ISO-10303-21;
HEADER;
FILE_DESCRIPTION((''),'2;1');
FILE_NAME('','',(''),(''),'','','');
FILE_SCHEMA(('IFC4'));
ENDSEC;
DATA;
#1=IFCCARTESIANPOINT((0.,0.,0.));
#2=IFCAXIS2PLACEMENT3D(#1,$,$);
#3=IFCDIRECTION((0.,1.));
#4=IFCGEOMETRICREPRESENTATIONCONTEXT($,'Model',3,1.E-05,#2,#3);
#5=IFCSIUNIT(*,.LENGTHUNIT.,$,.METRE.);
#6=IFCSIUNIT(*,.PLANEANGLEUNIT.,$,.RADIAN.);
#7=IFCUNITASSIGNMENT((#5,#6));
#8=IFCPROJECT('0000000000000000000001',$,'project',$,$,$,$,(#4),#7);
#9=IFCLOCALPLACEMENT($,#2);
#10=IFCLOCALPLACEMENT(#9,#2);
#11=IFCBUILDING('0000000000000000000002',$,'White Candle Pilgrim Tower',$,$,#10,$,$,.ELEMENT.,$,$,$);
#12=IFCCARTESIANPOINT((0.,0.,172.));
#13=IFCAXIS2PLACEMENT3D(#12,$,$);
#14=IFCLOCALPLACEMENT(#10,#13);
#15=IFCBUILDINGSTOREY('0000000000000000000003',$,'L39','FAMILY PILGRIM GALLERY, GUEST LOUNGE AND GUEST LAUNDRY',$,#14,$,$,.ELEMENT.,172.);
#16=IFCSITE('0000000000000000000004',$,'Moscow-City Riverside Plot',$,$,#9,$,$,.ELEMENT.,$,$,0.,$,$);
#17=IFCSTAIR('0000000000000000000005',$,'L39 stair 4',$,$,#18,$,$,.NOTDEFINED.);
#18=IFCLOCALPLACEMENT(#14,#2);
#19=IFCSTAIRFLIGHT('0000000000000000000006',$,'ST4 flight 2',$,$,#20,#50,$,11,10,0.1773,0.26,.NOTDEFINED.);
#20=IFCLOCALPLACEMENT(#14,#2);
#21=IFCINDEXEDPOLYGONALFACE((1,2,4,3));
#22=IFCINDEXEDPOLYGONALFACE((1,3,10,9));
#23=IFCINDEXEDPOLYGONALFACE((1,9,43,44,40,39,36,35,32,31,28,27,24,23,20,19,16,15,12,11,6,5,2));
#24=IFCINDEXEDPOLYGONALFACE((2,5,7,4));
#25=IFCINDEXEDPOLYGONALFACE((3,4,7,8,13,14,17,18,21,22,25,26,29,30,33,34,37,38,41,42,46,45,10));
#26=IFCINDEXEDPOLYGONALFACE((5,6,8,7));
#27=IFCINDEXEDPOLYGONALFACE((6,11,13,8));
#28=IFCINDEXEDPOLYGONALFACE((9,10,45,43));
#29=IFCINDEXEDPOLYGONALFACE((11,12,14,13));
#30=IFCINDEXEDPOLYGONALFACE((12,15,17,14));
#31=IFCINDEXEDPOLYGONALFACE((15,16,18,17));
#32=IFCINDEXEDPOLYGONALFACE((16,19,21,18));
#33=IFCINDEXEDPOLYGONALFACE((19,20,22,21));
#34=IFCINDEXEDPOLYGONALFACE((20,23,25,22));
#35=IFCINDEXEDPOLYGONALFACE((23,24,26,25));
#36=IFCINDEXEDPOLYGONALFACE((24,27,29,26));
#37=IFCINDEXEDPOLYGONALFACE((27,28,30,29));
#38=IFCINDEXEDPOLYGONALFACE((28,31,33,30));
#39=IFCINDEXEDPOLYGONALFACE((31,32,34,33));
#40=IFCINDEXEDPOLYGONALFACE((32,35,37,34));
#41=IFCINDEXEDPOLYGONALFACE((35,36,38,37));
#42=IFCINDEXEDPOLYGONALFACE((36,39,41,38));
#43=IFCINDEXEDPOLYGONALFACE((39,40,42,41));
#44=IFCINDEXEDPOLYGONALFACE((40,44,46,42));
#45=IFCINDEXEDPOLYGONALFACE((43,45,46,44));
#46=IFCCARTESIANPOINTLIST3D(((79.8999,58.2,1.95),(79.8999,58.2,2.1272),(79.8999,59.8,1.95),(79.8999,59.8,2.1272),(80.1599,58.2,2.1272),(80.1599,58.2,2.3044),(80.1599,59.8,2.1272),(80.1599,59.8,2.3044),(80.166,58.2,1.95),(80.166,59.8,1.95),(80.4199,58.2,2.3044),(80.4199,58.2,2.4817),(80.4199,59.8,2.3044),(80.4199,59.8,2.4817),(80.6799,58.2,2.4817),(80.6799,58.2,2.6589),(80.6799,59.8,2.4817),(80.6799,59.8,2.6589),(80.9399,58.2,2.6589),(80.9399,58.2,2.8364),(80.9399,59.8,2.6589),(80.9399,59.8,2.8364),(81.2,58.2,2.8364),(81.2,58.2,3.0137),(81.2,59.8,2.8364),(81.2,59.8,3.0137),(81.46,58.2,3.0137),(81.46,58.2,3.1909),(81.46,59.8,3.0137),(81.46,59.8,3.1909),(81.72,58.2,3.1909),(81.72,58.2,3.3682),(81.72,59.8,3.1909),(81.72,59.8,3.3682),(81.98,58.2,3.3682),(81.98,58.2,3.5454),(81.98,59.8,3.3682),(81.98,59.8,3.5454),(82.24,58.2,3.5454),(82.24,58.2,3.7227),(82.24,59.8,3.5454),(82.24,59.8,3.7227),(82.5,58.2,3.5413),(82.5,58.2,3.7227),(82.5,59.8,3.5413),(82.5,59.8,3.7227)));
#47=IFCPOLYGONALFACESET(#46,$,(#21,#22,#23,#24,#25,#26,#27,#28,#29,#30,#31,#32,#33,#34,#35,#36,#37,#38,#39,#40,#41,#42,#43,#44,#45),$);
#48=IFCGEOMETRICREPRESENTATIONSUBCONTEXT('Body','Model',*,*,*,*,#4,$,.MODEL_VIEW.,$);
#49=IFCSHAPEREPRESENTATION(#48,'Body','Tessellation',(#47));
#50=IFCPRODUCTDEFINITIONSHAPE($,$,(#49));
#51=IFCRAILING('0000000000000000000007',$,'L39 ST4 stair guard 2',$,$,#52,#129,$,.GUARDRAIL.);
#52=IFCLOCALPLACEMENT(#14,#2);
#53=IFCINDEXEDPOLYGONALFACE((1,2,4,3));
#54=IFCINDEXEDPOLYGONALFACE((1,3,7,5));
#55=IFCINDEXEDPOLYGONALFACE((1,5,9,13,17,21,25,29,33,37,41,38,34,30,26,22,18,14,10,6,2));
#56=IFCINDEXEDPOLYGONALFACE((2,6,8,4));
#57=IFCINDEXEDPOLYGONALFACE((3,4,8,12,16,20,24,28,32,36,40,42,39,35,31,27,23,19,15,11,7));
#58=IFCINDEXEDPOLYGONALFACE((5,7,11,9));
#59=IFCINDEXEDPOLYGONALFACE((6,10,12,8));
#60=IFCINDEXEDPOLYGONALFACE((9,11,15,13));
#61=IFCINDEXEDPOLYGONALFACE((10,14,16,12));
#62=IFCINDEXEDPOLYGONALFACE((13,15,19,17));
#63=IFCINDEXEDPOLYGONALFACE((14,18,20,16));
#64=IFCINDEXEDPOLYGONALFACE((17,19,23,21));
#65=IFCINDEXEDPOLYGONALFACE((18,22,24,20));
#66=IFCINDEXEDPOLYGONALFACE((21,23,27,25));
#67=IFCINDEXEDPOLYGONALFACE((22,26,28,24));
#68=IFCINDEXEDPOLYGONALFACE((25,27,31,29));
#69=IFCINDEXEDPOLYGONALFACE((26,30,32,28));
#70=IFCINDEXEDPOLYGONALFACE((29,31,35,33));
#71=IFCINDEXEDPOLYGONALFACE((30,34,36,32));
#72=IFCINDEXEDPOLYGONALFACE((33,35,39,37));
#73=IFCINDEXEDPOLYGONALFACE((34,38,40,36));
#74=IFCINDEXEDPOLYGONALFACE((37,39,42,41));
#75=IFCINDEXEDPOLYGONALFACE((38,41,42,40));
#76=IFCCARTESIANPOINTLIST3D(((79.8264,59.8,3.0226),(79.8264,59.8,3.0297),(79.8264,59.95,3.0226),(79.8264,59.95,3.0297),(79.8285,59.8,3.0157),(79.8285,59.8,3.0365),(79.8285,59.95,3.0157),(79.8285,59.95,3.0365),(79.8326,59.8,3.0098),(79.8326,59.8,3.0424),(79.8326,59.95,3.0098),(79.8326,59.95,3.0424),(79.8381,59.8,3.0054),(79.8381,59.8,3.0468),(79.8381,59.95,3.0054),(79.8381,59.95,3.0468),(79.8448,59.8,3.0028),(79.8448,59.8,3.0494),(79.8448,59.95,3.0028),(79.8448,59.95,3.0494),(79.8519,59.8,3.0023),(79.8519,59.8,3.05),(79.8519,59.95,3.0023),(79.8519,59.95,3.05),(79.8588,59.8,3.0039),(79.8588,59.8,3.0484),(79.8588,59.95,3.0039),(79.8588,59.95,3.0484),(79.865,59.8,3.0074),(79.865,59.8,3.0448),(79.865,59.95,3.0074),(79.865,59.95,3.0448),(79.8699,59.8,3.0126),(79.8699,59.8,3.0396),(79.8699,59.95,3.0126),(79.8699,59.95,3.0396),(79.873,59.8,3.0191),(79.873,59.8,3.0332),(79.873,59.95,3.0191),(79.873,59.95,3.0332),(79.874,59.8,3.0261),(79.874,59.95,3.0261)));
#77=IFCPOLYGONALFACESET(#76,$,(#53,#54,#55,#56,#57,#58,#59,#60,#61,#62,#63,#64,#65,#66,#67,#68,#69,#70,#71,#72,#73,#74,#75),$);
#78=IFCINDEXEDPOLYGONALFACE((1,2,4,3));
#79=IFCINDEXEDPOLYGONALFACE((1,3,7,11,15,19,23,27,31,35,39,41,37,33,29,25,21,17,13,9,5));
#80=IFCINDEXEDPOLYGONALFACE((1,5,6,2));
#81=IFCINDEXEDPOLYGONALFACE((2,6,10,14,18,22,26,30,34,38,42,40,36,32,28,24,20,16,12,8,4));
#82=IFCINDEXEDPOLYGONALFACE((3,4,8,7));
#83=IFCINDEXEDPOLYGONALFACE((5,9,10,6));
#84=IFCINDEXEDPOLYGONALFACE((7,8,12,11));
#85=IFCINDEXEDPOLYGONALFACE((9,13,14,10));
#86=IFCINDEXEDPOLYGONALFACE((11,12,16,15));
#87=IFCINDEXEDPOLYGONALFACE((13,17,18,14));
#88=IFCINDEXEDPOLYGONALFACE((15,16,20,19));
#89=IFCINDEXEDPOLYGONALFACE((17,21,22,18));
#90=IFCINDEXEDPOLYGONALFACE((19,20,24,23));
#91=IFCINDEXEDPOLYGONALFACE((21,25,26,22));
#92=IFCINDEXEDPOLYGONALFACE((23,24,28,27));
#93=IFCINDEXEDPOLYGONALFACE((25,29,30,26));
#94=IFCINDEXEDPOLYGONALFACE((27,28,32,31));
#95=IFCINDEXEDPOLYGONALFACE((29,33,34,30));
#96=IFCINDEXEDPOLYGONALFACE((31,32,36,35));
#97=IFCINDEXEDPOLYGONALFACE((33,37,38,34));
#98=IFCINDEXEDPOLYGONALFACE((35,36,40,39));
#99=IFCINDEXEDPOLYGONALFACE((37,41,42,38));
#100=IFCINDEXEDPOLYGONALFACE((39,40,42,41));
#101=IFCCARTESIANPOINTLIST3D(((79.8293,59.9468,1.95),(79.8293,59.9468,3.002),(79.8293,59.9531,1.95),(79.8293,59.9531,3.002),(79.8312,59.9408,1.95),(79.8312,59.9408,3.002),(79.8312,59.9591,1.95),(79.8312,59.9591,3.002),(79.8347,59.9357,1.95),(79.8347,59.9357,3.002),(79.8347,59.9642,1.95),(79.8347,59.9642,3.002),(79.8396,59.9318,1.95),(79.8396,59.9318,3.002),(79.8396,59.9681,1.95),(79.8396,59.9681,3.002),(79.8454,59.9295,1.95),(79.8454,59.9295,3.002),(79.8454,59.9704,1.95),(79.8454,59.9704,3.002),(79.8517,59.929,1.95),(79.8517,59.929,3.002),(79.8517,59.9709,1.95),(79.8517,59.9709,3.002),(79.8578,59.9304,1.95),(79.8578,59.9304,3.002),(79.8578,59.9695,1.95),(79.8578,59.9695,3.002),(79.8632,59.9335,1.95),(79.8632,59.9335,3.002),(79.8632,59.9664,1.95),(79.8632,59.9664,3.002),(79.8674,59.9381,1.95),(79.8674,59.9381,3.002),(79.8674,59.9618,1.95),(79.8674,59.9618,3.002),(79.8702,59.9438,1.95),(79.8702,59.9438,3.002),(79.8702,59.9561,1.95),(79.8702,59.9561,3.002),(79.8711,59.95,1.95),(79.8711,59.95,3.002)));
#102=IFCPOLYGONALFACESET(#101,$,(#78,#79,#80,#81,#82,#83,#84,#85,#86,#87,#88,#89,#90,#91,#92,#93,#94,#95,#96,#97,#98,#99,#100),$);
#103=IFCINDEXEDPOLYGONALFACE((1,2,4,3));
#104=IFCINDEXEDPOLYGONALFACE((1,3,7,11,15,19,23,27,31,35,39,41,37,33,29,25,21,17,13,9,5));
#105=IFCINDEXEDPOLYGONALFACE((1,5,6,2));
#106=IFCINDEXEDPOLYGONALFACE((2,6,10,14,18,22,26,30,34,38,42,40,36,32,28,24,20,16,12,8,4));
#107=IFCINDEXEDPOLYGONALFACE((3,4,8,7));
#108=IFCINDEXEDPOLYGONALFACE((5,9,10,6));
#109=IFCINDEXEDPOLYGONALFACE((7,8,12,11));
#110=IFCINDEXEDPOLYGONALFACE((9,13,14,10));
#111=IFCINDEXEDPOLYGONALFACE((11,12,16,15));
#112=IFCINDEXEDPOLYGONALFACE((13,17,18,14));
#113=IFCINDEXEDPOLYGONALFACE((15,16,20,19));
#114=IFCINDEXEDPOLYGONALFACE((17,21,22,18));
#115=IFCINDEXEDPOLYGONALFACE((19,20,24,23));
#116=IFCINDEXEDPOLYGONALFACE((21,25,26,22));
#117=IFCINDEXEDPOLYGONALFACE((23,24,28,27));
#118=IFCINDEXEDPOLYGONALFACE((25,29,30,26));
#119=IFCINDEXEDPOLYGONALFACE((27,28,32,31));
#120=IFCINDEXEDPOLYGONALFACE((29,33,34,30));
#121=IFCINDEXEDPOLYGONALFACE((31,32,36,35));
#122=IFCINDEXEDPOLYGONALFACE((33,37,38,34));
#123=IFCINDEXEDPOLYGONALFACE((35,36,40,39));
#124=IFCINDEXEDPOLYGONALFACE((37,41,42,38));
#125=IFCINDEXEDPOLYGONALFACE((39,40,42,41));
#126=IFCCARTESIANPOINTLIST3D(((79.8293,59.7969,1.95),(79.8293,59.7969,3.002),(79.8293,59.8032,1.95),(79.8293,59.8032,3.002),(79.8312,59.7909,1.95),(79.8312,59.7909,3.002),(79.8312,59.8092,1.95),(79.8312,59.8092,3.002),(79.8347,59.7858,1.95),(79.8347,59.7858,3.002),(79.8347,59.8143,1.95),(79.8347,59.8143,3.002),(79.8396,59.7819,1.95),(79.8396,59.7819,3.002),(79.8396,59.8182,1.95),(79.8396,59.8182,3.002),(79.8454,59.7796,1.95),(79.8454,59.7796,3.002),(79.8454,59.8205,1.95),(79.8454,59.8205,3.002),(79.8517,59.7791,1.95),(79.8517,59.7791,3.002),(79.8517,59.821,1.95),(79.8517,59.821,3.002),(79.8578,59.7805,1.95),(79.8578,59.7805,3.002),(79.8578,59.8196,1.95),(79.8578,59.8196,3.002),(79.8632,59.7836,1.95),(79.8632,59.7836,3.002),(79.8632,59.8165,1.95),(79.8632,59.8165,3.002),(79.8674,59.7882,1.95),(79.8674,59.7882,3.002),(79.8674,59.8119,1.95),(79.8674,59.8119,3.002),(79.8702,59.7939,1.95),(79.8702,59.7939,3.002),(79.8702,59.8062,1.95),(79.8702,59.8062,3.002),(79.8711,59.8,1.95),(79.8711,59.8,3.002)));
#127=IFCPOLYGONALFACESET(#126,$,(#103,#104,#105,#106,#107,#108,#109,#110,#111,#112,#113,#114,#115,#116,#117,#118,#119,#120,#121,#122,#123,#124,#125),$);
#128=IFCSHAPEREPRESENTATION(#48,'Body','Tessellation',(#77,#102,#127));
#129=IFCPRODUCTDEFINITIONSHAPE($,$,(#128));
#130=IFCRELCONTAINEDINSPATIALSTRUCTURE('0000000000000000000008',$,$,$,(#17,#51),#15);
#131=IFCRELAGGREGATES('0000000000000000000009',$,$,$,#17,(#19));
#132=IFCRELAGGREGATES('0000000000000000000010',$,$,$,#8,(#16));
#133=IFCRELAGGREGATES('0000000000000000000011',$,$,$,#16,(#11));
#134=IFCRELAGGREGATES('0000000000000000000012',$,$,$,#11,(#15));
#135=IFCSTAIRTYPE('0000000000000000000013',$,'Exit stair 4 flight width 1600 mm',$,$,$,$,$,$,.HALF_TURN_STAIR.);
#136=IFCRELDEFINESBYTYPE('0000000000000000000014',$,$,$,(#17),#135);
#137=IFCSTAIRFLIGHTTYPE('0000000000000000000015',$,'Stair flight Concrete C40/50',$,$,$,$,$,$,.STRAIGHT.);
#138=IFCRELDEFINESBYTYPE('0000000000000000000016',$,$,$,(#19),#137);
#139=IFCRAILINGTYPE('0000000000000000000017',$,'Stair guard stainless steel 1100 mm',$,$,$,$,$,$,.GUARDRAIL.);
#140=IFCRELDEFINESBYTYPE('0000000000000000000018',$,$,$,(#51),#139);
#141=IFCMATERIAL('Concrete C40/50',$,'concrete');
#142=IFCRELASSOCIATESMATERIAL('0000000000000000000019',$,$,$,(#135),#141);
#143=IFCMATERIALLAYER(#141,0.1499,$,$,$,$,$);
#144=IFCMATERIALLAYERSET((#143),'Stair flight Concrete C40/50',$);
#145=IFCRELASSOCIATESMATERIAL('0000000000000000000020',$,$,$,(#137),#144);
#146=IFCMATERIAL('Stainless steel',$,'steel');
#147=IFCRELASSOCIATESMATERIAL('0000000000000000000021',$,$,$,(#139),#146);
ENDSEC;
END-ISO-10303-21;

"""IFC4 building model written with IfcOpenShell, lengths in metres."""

from ifc_helpers import new_model, si_unit, direction, frame, origin, origin_2d, place, context, subcontext, project, spatial, polyline, circle, outline, extrude, material, layer, layer_set, type_object, element, aggregate, save


model = new_model("IFC4")

# Units and contexts
model_context = context("Model", 3, precision=1e-05, world=origin(), true_north=direction((0.0, 1.0)))
body_context = subcontext(model_context, "Body", "Model", "MODEL_VIEW")
ifc_project = project(units=[si_unit("LENGTHUNIT", "METRE"), si_unit("PLANEANGLEUNIT", "RADIAN")], contexts=[model_context])

# Site, building, storey
site_placement = place(None, origin())
site = spatial("IfcSite", under=ifc_project, at=site_placement, Name="Moscow-City Riverside Plot", CompositionType="ELEMENT", RefElevation=0.0)
building_placement = place(site_placement, origin())
building = spatial("IfcBuilding", under=site, at=building_placement, Name="White Candle Pilgrim Tower", CompositionType="ELEMENT")
storey_placement = place(building_placement, frame((0.0, 0.0, 172.0)))
storey = spatial("IfcBuildingStorey", under=building, at=storey_placement, Name="L39", Description="FAMILY PILGRIM GALLERY, GUEST LOUNGE AND GUEST LAUNDRY", CompositionType="ELEMENT", Elevation=172.0)

# Stair, stair flight
ifc_material_1 = material(Name="Concrete C40/50", Category="concrete")
stair_type = type_object("IfcStairType", Name="Exit stair 4 flight width 1600 mm", PredefinedType="HALF_TURN_STAIR", material=ifc_material_1)
stair_placement = place(storey_placement, origin())
stair = element("IfcStair", 1, at=stair_placement, inside=storey, type_object=stair_type, Name="L39 stair 4", PredefinedType="NOTDEFINED")
ifc_layer_1 = layer(ifc_material_1, 0.1499)
ifc_layer_set_1 = layer_set([ifc_layer_1], Name="Stair flight Concrete C40/50")
stair_flight_type = type_object("IfcStairFlightType", Name="Stair flight Concrete C40/50", PredefinedType="STRAIGHT", material=ifc_layer_set_1)
stair_flight_placement = place(storey_placement, frame((79.8999, 59.0, 1.95), z_axis=(0.0, 0.0, 1.0), x_axis=(1.0, 0.0, 0.0)))
stair_flight = element("IfcStairFlight", 2, at=stair_flight_placement, type_object=stair_flight_type, Name="ST4 flight 2", NumberOfRisers=11, NumberOfTreads=10, PredefinedType="NOTDEFINED", RiserHeight=0.1773, TreadLength=0.26, context=body_context, shape_type="SweptSolid", body=[
    extrude(outline(polyline([(0.0, 0.0), (0.0, 0.1772), (0.26, 0.1772), (0.26, 0.3545), (0.52, 0.3545), (0.52, 0.5317), (0.78, 0.5317), (0.78, 0.709), (1.04, 0.709), (1.04, 0.8865), (1.3, 0.8865), (1.3, 1.0637), (1.5601, 1.0637), (1.5601, 1.241), (1.8201, 1.241), (1.8201, 1.4182), (2.0801, 1.4182), (2.0801, 1.5955), (2.3401, 1.5955), (2.3401, 1.7727), (2.6001, 1.7727), (2.6001, 1.95), (2.6001, 1.5913), (0.2661, 0.0), (0.0, 0.0)])), frame((0.0, 0.8, 0.0), z_axis=(0.0, -1.0, 0.0), x_axis=(1.0, 0.0, 0.0)), (0.0, 0.0, 1.0), 1.6001),
])
aggregate(stair, [stair_flight])

# Railing
ifc_material_2 = material(Name="Stainless steel", Category="steel")
railing_type_1 = type_object("IfcRailingType", Name="Stair guard stainless steel 1100 mm", PredefinedType="GUARDRAIL", material=ifc_material_2)
railing_1_placement = place(storey_placement, frame((79.8501, 59.95, 1.95)))
element("IfcRailing", 3, at=railing_1_placement, inside=storey, type_object=railing_type_1, Name="L39 ST4 stair guard 2", PredefinedType="GUARDRAIL", context=body_context, shape_type="SweptSolid", body=[
    extrude(circle(Radius=0.0239, at=origin_2d()), frame((0.0, 0.0, 1.0762), z_axis=(0.0, -1.0, 0.0), x_axis=(1.0, 0.0, 0.0)), (0.0, 0.0, 1.0), 0.1499),
    extrude(circle(Radius=0.021, at=origin_2d()), origin(), (0.0, 0.0, 1.0), 1.052),
    extrude(circle(Radius=0.021, at=origin_2d()), frame((0.0, -0.1499, 0.0)), (0.0, 0.0, 1.0), 1.052),
])

save(model, "model.ifc")
